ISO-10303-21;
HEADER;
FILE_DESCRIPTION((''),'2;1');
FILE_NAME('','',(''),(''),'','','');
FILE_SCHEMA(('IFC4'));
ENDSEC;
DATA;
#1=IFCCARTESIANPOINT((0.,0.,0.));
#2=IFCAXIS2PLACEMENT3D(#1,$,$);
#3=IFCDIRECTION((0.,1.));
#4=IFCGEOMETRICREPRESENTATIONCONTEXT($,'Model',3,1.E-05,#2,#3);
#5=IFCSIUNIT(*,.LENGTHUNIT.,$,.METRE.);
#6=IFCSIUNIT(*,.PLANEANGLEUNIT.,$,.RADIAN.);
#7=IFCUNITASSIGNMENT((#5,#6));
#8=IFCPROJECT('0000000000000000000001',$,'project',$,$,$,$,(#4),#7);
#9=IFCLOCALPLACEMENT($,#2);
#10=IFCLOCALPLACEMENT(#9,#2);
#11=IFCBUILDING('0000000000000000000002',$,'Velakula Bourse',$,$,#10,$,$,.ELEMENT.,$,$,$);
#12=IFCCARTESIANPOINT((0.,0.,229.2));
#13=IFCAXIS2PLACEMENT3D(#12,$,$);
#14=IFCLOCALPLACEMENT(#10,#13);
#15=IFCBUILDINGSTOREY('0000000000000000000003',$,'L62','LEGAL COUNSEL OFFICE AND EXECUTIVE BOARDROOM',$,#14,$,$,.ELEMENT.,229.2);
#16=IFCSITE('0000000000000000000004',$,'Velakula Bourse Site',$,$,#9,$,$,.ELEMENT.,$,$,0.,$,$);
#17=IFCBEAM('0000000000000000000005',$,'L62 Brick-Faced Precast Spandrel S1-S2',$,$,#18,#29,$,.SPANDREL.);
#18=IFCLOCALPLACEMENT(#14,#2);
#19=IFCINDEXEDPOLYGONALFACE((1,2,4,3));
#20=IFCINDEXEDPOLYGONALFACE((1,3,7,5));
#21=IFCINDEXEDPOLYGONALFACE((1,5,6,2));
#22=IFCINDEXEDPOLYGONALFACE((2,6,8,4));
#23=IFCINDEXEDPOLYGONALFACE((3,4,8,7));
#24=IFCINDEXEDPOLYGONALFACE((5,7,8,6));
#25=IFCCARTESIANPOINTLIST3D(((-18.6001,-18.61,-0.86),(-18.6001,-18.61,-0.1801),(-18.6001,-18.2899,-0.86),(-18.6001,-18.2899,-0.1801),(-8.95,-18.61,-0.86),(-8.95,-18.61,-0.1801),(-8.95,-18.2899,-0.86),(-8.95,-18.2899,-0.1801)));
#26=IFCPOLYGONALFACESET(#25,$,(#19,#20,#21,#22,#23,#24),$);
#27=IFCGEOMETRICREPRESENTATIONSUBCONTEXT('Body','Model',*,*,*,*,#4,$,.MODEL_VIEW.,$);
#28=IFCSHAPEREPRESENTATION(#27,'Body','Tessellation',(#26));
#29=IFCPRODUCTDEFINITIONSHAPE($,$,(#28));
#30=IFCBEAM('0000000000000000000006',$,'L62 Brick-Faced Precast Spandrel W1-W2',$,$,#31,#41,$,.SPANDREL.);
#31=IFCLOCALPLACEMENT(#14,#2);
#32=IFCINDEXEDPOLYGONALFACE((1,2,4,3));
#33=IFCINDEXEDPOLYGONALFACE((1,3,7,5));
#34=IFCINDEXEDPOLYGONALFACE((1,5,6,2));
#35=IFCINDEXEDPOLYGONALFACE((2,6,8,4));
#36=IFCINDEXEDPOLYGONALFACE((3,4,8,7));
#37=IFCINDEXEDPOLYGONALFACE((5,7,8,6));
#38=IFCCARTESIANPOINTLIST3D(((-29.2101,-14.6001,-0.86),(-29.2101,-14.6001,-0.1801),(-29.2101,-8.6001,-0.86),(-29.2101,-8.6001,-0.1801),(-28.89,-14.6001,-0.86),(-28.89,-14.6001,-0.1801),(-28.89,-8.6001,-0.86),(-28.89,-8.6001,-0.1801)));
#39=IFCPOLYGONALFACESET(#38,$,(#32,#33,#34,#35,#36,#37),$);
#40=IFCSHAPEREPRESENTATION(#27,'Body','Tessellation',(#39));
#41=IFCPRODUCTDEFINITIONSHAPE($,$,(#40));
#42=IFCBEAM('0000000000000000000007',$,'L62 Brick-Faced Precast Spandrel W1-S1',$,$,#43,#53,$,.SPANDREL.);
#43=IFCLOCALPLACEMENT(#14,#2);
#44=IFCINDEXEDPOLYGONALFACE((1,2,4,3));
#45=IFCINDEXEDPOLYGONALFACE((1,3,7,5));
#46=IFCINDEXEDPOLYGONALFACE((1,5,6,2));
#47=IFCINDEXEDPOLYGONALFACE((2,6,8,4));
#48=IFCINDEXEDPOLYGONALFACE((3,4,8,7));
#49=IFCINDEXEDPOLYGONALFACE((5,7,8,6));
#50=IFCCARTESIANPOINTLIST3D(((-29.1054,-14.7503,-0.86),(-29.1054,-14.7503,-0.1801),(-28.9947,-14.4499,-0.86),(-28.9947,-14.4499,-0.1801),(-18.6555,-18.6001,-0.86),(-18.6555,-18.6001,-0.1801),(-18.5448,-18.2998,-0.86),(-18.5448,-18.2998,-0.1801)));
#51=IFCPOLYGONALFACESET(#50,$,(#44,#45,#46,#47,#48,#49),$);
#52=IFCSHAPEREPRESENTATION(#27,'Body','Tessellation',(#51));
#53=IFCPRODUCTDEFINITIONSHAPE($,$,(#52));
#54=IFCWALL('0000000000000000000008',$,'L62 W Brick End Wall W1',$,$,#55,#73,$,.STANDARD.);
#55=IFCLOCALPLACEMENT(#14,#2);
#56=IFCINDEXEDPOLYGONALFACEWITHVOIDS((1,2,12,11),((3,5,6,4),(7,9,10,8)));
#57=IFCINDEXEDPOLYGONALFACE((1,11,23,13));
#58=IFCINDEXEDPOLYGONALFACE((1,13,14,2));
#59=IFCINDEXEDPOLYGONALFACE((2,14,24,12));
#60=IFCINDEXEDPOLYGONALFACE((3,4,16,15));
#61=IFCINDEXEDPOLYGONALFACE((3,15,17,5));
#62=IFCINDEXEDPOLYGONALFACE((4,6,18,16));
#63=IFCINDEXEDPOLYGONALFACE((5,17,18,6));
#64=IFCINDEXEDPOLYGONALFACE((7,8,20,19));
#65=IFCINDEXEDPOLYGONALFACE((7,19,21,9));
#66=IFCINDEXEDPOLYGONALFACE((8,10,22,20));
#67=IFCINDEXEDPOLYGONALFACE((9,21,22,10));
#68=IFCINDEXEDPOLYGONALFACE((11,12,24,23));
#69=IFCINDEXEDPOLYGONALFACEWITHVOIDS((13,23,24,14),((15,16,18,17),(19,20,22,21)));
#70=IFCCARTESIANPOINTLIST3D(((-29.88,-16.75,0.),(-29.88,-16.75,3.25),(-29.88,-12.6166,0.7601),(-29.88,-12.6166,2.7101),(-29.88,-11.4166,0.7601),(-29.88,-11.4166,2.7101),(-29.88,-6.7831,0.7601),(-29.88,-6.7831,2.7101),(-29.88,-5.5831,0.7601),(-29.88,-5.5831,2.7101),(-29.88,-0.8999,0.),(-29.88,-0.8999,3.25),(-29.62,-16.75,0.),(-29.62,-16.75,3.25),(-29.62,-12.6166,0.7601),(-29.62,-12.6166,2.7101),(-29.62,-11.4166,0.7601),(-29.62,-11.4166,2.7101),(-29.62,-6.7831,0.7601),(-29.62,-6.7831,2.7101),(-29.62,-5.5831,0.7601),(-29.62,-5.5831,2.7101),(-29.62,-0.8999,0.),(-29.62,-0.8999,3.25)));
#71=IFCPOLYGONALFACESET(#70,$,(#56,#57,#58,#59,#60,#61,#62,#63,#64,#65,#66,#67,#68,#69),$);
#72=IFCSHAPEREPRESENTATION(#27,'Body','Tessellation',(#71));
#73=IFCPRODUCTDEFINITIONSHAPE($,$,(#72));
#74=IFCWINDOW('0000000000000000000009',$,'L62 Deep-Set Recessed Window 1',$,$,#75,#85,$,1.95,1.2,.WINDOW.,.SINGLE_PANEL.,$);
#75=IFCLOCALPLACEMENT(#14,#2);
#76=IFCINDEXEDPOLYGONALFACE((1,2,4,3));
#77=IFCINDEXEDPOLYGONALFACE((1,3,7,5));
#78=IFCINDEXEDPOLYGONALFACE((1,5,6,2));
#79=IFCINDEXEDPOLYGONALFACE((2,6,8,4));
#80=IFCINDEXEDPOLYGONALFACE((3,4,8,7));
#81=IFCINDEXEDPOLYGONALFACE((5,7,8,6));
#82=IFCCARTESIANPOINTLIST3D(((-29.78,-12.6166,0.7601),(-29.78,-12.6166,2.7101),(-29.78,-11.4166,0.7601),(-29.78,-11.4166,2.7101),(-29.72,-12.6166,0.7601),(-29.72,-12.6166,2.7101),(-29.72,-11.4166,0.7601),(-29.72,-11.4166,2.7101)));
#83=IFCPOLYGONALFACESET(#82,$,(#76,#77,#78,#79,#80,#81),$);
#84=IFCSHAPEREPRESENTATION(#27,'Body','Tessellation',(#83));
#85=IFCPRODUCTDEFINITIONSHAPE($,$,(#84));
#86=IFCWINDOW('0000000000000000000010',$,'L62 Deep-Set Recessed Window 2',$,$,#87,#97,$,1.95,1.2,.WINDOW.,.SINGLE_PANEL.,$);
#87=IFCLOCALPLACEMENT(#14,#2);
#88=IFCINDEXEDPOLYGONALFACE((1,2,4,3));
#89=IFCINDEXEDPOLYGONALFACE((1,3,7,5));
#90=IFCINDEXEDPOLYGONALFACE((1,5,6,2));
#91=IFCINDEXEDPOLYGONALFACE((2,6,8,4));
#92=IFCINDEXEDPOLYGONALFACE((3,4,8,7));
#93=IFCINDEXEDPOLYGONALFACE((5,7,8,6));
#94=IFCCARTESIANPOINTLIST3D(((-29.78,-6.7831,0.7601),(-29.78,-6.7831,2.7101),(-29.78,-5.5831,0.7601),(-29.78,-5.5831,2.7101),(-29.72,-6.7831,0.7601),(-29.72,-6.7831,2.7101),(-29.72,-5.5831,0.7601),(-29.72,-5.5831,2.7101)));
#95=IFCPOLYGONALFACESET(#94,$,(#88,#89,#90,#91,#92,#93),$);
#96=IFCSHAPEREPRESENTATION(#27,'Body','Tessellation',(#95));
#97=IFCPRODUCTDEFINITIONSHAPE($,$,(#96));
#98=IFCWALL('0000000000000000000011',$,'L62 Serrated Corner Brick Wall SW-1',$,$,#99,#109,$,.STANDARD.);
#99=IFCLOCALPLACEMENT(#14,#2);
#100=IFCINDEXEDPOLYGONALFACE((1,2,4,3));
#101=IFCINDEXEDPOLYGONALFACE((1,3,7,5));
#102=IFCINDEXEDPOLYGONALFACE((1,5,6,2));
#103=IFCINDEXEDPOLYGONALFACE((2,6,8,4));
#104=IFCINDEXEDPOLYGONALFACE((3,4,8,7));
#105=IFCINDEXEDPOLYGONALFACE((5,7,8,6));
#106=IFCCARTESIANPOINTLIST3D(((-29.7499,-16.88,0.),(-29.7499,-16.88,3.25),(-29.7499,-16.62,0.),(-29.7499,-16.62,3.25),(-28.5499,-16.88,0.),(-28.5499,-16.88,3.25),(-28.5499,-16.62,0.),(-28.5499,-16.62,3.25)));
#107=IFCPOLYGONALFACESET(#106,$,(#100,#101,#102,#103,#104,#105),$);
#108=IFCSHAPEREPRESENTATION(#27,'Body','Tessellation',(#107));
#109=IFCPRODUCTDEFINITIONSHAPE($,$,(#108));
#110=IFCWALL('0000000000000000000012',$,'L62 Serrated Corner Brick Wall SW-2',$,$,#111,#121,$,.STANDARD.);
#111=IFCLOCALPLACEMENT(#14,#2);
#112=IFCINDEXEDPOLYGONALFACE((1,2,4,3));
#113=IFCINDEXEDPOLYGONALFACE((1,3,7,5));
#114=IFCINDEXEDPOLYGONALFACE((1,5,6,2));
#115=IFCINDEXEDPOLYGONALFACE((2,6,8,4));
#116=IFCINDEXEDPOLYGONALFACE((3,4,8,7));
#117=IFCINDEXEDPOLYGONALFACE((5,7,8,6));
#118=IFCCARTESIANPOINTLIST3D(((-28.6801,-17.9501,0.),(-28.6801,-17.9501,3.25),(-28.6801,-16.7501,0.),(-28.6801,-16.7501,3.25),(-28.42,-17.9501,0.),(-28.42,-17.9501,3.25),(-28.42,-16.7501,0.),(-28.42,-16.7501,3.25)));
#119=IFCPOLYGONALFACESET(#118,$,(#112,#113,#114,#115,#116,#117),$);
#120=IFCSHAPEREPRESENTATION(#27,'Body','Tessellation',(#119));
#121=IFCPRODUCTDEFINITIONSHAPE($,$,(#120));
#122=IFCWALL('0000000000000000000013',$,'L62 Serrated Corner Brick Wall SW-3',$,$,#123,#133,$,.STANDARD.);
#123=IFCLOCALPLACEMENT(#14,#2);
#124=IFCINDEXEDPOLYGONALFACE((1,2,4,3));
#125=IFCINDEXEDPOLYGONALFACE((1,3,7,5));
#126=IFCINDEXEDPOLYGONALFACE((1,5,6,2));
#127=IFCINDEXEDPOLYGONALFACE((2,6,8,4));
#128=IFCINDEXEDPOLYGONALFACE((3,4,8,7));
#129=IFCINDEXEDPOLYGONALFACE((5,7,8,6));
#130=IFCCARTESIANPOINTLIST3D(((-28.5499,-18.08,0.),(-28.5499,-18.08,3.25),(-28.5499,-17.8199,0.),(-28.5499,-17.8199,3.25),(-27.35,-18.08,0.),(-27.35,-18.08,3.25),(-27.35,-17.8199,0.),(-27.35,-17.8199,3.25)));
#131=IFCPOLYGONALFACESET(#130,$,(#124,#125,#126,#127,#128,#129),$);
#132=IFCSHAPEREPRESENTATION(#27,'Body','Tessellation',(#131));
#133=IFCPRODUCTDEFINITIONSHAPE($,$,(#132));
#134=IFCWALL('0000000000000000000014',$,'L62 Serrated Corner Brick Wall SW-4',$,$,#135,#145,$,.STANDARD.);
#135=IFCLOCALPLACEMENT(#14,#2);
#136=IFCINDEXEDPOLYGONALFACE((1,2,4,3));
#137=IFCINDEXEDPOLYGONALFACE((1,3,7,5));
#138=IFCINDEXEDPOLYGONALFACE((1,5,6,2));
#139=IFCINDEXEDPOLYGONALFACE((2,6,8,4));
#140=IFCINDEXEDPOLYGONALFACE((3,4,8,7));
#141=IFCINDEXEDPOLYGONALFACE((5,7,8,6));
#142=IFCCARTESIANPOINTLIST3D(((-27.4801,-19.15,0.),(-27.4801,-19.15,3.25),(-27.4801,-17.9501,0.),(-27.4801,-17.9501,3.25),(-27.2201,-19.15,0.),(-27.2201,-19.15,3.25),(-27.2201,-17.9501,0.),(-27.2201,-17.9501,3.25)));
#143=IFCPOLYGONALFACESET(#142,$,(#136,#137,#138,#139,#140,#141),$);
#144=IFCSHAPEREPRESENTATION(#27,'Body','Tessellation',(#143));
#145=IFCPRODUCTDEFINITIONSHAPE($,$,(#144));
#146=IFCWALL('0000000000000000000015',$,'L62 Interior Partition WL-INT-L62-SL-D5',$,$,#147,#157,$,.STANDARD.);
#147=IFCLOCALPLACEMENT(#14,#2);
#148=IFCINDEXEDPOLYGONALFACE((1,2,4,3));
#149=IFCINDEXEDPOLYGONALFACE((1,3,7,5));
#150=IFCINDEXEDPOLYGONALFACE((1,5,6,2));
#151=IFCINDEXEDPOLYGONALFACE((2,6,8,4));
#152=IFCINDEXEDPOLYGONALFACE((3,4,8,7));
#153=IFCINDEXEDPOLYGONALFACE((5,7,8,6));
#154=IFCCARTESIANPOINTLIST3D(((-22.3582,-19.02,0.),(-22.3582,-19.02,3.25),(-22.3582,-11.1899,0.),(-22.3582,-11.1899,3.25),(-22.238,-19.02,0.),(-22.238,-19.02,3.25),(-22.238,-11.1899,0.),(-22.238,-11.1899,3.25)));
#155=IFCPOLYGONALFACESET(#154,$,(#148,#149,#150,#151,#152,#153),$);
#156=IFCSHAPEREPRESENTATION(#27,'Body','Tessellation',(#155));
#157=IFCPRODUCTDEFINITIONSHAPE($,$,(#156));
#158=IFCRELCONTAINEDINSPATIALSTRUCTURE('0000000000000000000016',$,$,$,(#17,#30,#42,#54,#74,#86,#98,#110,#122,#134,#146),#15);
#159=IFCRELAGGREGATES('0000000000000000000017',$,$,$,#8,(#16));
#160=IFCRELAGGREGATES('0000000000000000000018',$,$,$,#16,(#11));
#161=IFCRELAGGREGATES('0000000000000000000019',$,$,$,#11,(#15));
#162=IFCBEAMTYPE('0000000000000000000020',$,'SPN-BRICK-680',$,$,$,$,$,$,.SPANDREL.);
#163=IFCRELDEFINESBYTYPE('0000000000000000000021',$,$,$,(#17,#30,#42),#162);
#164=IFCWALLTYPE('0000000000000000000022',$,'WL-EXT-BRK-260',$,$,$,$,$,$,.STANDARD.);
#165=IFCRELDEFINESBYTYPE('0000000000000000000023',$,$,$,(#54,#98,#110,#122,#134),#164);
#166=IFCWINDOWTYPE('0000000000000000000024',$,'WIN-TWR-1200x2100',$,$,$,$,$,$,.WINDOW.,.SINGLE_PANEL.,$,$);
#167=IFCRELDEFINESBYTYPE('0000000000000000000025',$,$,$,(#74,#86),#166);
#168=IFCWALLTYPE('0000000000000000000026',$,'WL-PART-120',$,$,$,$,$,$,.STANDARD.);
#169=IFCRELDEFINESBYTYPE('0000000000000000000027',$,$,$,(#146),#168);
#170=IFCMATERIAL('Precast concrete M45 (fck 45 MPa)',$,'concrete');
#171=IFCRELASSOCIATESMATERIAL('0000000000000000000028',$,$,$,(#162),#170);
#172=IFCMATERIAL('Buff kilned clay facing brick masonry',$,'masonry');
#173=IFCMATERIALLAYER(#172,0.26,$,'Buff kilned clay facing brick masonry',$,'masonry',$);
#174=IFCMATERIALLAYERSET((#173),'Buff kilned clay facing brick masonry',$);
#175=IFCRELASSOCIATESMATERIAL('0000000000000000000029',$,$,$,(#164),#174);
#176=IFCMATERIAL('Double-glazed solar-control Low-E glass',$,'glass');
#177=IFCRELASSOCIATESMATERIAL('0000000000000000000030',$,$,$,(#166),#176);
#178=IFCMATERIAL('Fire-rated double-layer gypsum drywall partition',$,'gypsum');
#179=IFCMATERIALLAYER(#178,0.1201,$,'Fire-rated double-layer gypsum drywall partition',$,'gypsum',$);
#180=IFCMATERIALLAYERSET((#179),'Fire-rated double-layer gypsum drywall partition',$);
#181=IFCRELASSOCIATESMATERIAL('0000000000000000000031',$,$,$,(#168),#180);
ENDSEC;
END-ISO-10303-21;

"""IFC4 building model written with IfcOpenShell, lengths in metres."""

from ifc_helpers import new_model, si_unit, direction, frame, frame_2d, origin, origin_2d, place, context, subcontext, project, spatial, rectangle, extrude, material, layer, layer_set, material_profile, profile_set, type_object, element, fill, save


model = new_model("IFC4")

# Units and contexts
model_context = context("Model", 3, precision=1e-05, world=origin(), true_north=direction((0.0, 1.0)))
body_context = subcontext(model_context, "Body", "Model", "MODEL_VIEW")
ifc_project = project(units=[si_unit("LENGTHUNIT", "METRE"), si_unit("PLANEANGLEUNIT", "RADIAN")], contexts=[model_context])

# Site, building, storey
site_placement = place(None, origin())
site = spatial("IfcSite", under=ifc_project, at=site_placement, Name="Velakula Bourse Site", CompositionType="ELEMENT", RefElevation=0.0)
building_placement = place(site_placement, origin())
building = spatial("IfcBuilding", under=site, at=building_placement, Name="Velakula Bourse", CompositionType="ELEMENT")
storey_placement = place(building_placement, frame((0.0, 0.0, 229.2)))
storey = spatial("IfcBuildingStorey", under=building, at=storey_placement, Name="L62", Description="LEGAL COUNSEL OFFICE AND EXECUTIVE BOARDROOM", CompositionType="ELEMENT", Elevation=229.2)

# Shared definitions
ifc_material_1 = material(Name="Precast concrete M45 (fck 45 MPa)", Category="concrete")

# Beams
ifc_material_profile_1 = material_profile(ifc_material_1, rectangle(XDim=0.3201, YDim=0.6799, at=origin_2d()), Name="Precast concrete M45 (fck 45 MPa)")
ifc_profile_set_1 = profile_set([ifc_material_profile_1], Name="Precast concrete M45 (fck 45 MPa)")
beam_type_1 = type_object("IfcBeamType", Name="SPN-BRICK-680", PredefinedType="SPANDREL", material=ifc_profile_set_1)
beam_1_placement = place(storey_placement, frame((-18.6001, -18.45, -0.52), z_axis=(1.0, 0.0, 0.0), x_axis=(0.0, 1.0, 0.0)))
element("IfcBeam", 1, at=beam_1_placement, inside=storey, type_object=beam_type_1, Name="L62 Brick-Faced Precast Spandrel S1-S2", PredefinedType="SPANDREL", context=body_context, shape_type="SweptSolid", body=[
    extrude(rectangle(XDim=0.3201, YDim=0.6799, at=origin_2d()), origin(), (0.0, 0.0, 1.0), 9.6501),
])
beam_2_placement = place(storey_placement, frame((-29.05, -14.6001, -0.52), z_axis=(0.0, 1.0, 0.0), x_axis=(-1.0, 0.0, 0.0)))
element("IfcBeam", 2, at=beam_2_placement, inside=storey, type_object=beam_type_1, Name="L62 Brick-Faced Precast Spandrel W1-W2", PredefinedType="SPANDREL", context=body_context, shape_type="SweptSolid", body=[
    extrude(rectangle(XDim=0.3201, YDim=0.6799, at=origin_2d()), origin(), (0.0, 0.0, 1.0), 6.0),
])
beam_3_placement = place(storey_placement, frame((-29.05, -14.6001, -0.52), z_axis=(0.938347, -0.345695, 0.0), x_axis=(0.345695, 0.938347, 0.0)))
element("IfcBeam", 3, at=beam_3_placement, inside=storey, type_object=beam_type_1, Name="L62 Brick-Faced Precast Spandrel W1-S1", PredefinedType="SPANDREL", context=body_context, shape_type="SweptSolid", body=[
    extrude(rectangle(XDim=0.3201, YDim=0.6799, at=origin_2d()), origin(), (0.0, 0.0, 1.0), 11.1365),
])

# Wall, openings, windows
ifc_material_2 = material(Name="Buff kilned clay facing brick masonry", Category="masonry")
ifc_layer_1 = layer(ifc_material_2, 0.26, Name="Buff kilned clay facing brick masonry", Category="masonry")
ifc_layer_set_1 = layer_set([ifc_layer_1], Name="Buff kilned clay facing brick masonry")
wall_type_1 = type_object("IfcWallType", Name="WL-EXT-BRK-260", PredefinedType="STANDARD", material=ifc_layer_set_1)
wall_1_placement = place(storey_placement, frame((-29.75, -16.75, 0.0), z_axis=(0.0, 0.0, 1.0), x_axis=(0.0, 1.0, 0.0)))
wall_1 = element("IfcWall", 4, at=wall_1_placement, inside=storey, type_object=wall_type_1, Name="L62 W Brick End Wall W1", PredefinedType="STANDARD", context=body_context, shape_type="SweptSolid", body=[
    extrude(rectangle(XDim=15.8501, YDim=0.26, at=frame_2d((7.925, 0.0))), origin(), (0.0, 0.0, 1.0), 3.25),
])
opening_1_placement = place(wall_1_placement, frame((4.1333, 0.0, 0.76)))
opening_1 = element("IfcOpeningElement", 5, at=opening_1_placement, cuts=wall_1, PredefinedType="OPENING", context=body_context, shape_type="SweptSolid", body=[
    extrude(rectangle(XDim=1.2, YDim=1.95, at=frame_2d((0.6001, 0.9751))), frame((0.0, 0.1399, 0.0), z_axis=(0.0, -1.0, 0.0), x_axis=(1.0, 0.0, 0.0)), (0.0, 0.0, 1.0), 0.28),
])
opening_2_placement = place(wall_1_placement, frame((9.9668, 0.0, 0.76)))
opening_2 = element("IfcOpeningElement", 6, at=opening_2_placement, cuts=wall_1, PredefinedType="OPENING", context=body_context, shape_type="SweptSolid", body=[
    extrude(rectangle(XDim=1.2, YDim=1.95, at=frame_2d((0.6001, 0.9751))), frame((0.0, 0.1399, 0.0), z_axis=(0.0, -1.0, 0.0), x_axis=(1.0, 0.0, 0.0)), (0.0, 0.0, 1.0), 0.28),
])
ifc_material_3 = material(Name="Double-glazed solar-control Low-E glass", Category="glass")
window_type = type_object("IfcWindowType", Name="WIN-TWR-1200x2100", PartitioningType="SINGLE_PANEL", PredefinedType="WINDOW", material=ifc_material_3)
window_1_placement = place(opening_1_placement, origin())
window_1 = element("IfcWindow", 7, at=window_1_placement, inside=storey, type_object=window_type, Name="L62 Deep-Set Recessed Window 1", OverallHeight=1.95, OverallWidth=1.2, PartitioningType="SINGLE_PANEL", PredefinedType="WINDOW", context=body_context, shape_type="SweptSolid", body=[
    extrude(rectangle(XDim=1.2, YDim=1.95, at=frame_2d((0.6001, 0.9751))), frame((0.0, 0.03, 0.0), z_axis=(0.0, -1.0, 0.0), x_axis=(1.0, 0.0, 0.0)), (0.0, 0.0, 1.0), 0.0601),
])
fill(opening_1, window_1)
window_2_placement = place(opening_2_placement, origin())
window_2 = element("IfcWindow", 8, at=window_2_placement, inside=storey, type_object=window_type, Name="L62 Deep-Set Recessed Window 2", OverallHeight=1.95, OverallWidth=1.2, PartitioningType="SINGLE_PANEL", PredefinedType="WINDOW", context=body_context, shape_type="SweptSolid", body=[
    extrude(rectangle(XDim=1.2, YDim=1.95, at=frame_2d((0.6001, 0.9751))), frame((0.0, 0.03, 0.0), z_axis=(0.0, -1.0, 0.0), x_axis=(1.0, 0.0, 0.0)), (0.0, 0.0, 1.0), 0.0601),
])
fill(opening_2, window_2)

# Walls
for number, where, z_axis, x_axis, name in (
    (9, (-29.75, -16.75, 0.0), (0.0, 0.0, 1.0), (1.0, 0.0, 0.0), "L62 Serrated Corner Brick Wall SW-1"),
    (10, (-28.55, -16.75, 0.0), (0.0, 0.0, 1.0), (0.0, -1.0, 0.0), "L62 Serrated Corner Brick Wall SW-2"),
    (11, (-28.55, -17.95, 0.0), (0.0, 0.0, 1.0), (1.0, 0.0, 0.0), "L62 Serrated Corner Brick Wall SW-3"),
    (12, (-27.3501, -17.95, 0.0), (0.0, 0.0, 1.0), (0.0, -1.0, 0.0), "L62 Serrated Corner Brick Wall SW-4"),
):
    element("IfcWall", number, at=place(storey_placement, frame(where, z_axis=z_axis, x_axis=x_axis)), inside=storey, type_object=wall_type_1, Name=name, PredefinedType="STANDARD", context=body_context, shape_type="SweptSolid", body=[
        extrude(rectangle(XDim=1.2, YDim=0.26, at=frame_2d((0.6001, 0.0))), origin(), (0.0, 0.0, 1.0), 3.25),
    ])
ifc_material_4 = material(Name="Fire-rated double-layer gypsum drywall partition", Category="gypsum")
ifc_layer_2 = layer(ifc_material_4, 0.1201, Name="Fire-rated double-layer gypsum drywall partition", Category="gypsum")
ifc_layer_set_2 = layer_set([ifc_layer_2], Name="Fire-rated double-layer gypsum drywall partition")
wall_type_2 = type_object("IfcWallType", Name="WL-PART-120", PredefinedType="STANDARD", material=ifc_layer_set_2)
wall_2_placement = place(storey_placement, frame((-22.2981, -19.02, 0.0), z_axis=(0.0, 0.0, 1.0), x_axis=(0.0, 1.0, 0.0)))
element("IfcWall", 13, at=wall_2_placement, inside=storey, type_object=wall_type_2, Name="L62 Interior Partition WL-INT-L62-SL-D5", PredefinedType="STANDARD", context=body_context, shape_type="SweptSolid", body=[
    extrude(rectangle(XDim=7.8301, YDim=0.1201, at=frame_2d((3.915, 0.0))), origin(), (0.0, 0.0, 1.0), 3.25),
])

save(model, "model.ifc")
